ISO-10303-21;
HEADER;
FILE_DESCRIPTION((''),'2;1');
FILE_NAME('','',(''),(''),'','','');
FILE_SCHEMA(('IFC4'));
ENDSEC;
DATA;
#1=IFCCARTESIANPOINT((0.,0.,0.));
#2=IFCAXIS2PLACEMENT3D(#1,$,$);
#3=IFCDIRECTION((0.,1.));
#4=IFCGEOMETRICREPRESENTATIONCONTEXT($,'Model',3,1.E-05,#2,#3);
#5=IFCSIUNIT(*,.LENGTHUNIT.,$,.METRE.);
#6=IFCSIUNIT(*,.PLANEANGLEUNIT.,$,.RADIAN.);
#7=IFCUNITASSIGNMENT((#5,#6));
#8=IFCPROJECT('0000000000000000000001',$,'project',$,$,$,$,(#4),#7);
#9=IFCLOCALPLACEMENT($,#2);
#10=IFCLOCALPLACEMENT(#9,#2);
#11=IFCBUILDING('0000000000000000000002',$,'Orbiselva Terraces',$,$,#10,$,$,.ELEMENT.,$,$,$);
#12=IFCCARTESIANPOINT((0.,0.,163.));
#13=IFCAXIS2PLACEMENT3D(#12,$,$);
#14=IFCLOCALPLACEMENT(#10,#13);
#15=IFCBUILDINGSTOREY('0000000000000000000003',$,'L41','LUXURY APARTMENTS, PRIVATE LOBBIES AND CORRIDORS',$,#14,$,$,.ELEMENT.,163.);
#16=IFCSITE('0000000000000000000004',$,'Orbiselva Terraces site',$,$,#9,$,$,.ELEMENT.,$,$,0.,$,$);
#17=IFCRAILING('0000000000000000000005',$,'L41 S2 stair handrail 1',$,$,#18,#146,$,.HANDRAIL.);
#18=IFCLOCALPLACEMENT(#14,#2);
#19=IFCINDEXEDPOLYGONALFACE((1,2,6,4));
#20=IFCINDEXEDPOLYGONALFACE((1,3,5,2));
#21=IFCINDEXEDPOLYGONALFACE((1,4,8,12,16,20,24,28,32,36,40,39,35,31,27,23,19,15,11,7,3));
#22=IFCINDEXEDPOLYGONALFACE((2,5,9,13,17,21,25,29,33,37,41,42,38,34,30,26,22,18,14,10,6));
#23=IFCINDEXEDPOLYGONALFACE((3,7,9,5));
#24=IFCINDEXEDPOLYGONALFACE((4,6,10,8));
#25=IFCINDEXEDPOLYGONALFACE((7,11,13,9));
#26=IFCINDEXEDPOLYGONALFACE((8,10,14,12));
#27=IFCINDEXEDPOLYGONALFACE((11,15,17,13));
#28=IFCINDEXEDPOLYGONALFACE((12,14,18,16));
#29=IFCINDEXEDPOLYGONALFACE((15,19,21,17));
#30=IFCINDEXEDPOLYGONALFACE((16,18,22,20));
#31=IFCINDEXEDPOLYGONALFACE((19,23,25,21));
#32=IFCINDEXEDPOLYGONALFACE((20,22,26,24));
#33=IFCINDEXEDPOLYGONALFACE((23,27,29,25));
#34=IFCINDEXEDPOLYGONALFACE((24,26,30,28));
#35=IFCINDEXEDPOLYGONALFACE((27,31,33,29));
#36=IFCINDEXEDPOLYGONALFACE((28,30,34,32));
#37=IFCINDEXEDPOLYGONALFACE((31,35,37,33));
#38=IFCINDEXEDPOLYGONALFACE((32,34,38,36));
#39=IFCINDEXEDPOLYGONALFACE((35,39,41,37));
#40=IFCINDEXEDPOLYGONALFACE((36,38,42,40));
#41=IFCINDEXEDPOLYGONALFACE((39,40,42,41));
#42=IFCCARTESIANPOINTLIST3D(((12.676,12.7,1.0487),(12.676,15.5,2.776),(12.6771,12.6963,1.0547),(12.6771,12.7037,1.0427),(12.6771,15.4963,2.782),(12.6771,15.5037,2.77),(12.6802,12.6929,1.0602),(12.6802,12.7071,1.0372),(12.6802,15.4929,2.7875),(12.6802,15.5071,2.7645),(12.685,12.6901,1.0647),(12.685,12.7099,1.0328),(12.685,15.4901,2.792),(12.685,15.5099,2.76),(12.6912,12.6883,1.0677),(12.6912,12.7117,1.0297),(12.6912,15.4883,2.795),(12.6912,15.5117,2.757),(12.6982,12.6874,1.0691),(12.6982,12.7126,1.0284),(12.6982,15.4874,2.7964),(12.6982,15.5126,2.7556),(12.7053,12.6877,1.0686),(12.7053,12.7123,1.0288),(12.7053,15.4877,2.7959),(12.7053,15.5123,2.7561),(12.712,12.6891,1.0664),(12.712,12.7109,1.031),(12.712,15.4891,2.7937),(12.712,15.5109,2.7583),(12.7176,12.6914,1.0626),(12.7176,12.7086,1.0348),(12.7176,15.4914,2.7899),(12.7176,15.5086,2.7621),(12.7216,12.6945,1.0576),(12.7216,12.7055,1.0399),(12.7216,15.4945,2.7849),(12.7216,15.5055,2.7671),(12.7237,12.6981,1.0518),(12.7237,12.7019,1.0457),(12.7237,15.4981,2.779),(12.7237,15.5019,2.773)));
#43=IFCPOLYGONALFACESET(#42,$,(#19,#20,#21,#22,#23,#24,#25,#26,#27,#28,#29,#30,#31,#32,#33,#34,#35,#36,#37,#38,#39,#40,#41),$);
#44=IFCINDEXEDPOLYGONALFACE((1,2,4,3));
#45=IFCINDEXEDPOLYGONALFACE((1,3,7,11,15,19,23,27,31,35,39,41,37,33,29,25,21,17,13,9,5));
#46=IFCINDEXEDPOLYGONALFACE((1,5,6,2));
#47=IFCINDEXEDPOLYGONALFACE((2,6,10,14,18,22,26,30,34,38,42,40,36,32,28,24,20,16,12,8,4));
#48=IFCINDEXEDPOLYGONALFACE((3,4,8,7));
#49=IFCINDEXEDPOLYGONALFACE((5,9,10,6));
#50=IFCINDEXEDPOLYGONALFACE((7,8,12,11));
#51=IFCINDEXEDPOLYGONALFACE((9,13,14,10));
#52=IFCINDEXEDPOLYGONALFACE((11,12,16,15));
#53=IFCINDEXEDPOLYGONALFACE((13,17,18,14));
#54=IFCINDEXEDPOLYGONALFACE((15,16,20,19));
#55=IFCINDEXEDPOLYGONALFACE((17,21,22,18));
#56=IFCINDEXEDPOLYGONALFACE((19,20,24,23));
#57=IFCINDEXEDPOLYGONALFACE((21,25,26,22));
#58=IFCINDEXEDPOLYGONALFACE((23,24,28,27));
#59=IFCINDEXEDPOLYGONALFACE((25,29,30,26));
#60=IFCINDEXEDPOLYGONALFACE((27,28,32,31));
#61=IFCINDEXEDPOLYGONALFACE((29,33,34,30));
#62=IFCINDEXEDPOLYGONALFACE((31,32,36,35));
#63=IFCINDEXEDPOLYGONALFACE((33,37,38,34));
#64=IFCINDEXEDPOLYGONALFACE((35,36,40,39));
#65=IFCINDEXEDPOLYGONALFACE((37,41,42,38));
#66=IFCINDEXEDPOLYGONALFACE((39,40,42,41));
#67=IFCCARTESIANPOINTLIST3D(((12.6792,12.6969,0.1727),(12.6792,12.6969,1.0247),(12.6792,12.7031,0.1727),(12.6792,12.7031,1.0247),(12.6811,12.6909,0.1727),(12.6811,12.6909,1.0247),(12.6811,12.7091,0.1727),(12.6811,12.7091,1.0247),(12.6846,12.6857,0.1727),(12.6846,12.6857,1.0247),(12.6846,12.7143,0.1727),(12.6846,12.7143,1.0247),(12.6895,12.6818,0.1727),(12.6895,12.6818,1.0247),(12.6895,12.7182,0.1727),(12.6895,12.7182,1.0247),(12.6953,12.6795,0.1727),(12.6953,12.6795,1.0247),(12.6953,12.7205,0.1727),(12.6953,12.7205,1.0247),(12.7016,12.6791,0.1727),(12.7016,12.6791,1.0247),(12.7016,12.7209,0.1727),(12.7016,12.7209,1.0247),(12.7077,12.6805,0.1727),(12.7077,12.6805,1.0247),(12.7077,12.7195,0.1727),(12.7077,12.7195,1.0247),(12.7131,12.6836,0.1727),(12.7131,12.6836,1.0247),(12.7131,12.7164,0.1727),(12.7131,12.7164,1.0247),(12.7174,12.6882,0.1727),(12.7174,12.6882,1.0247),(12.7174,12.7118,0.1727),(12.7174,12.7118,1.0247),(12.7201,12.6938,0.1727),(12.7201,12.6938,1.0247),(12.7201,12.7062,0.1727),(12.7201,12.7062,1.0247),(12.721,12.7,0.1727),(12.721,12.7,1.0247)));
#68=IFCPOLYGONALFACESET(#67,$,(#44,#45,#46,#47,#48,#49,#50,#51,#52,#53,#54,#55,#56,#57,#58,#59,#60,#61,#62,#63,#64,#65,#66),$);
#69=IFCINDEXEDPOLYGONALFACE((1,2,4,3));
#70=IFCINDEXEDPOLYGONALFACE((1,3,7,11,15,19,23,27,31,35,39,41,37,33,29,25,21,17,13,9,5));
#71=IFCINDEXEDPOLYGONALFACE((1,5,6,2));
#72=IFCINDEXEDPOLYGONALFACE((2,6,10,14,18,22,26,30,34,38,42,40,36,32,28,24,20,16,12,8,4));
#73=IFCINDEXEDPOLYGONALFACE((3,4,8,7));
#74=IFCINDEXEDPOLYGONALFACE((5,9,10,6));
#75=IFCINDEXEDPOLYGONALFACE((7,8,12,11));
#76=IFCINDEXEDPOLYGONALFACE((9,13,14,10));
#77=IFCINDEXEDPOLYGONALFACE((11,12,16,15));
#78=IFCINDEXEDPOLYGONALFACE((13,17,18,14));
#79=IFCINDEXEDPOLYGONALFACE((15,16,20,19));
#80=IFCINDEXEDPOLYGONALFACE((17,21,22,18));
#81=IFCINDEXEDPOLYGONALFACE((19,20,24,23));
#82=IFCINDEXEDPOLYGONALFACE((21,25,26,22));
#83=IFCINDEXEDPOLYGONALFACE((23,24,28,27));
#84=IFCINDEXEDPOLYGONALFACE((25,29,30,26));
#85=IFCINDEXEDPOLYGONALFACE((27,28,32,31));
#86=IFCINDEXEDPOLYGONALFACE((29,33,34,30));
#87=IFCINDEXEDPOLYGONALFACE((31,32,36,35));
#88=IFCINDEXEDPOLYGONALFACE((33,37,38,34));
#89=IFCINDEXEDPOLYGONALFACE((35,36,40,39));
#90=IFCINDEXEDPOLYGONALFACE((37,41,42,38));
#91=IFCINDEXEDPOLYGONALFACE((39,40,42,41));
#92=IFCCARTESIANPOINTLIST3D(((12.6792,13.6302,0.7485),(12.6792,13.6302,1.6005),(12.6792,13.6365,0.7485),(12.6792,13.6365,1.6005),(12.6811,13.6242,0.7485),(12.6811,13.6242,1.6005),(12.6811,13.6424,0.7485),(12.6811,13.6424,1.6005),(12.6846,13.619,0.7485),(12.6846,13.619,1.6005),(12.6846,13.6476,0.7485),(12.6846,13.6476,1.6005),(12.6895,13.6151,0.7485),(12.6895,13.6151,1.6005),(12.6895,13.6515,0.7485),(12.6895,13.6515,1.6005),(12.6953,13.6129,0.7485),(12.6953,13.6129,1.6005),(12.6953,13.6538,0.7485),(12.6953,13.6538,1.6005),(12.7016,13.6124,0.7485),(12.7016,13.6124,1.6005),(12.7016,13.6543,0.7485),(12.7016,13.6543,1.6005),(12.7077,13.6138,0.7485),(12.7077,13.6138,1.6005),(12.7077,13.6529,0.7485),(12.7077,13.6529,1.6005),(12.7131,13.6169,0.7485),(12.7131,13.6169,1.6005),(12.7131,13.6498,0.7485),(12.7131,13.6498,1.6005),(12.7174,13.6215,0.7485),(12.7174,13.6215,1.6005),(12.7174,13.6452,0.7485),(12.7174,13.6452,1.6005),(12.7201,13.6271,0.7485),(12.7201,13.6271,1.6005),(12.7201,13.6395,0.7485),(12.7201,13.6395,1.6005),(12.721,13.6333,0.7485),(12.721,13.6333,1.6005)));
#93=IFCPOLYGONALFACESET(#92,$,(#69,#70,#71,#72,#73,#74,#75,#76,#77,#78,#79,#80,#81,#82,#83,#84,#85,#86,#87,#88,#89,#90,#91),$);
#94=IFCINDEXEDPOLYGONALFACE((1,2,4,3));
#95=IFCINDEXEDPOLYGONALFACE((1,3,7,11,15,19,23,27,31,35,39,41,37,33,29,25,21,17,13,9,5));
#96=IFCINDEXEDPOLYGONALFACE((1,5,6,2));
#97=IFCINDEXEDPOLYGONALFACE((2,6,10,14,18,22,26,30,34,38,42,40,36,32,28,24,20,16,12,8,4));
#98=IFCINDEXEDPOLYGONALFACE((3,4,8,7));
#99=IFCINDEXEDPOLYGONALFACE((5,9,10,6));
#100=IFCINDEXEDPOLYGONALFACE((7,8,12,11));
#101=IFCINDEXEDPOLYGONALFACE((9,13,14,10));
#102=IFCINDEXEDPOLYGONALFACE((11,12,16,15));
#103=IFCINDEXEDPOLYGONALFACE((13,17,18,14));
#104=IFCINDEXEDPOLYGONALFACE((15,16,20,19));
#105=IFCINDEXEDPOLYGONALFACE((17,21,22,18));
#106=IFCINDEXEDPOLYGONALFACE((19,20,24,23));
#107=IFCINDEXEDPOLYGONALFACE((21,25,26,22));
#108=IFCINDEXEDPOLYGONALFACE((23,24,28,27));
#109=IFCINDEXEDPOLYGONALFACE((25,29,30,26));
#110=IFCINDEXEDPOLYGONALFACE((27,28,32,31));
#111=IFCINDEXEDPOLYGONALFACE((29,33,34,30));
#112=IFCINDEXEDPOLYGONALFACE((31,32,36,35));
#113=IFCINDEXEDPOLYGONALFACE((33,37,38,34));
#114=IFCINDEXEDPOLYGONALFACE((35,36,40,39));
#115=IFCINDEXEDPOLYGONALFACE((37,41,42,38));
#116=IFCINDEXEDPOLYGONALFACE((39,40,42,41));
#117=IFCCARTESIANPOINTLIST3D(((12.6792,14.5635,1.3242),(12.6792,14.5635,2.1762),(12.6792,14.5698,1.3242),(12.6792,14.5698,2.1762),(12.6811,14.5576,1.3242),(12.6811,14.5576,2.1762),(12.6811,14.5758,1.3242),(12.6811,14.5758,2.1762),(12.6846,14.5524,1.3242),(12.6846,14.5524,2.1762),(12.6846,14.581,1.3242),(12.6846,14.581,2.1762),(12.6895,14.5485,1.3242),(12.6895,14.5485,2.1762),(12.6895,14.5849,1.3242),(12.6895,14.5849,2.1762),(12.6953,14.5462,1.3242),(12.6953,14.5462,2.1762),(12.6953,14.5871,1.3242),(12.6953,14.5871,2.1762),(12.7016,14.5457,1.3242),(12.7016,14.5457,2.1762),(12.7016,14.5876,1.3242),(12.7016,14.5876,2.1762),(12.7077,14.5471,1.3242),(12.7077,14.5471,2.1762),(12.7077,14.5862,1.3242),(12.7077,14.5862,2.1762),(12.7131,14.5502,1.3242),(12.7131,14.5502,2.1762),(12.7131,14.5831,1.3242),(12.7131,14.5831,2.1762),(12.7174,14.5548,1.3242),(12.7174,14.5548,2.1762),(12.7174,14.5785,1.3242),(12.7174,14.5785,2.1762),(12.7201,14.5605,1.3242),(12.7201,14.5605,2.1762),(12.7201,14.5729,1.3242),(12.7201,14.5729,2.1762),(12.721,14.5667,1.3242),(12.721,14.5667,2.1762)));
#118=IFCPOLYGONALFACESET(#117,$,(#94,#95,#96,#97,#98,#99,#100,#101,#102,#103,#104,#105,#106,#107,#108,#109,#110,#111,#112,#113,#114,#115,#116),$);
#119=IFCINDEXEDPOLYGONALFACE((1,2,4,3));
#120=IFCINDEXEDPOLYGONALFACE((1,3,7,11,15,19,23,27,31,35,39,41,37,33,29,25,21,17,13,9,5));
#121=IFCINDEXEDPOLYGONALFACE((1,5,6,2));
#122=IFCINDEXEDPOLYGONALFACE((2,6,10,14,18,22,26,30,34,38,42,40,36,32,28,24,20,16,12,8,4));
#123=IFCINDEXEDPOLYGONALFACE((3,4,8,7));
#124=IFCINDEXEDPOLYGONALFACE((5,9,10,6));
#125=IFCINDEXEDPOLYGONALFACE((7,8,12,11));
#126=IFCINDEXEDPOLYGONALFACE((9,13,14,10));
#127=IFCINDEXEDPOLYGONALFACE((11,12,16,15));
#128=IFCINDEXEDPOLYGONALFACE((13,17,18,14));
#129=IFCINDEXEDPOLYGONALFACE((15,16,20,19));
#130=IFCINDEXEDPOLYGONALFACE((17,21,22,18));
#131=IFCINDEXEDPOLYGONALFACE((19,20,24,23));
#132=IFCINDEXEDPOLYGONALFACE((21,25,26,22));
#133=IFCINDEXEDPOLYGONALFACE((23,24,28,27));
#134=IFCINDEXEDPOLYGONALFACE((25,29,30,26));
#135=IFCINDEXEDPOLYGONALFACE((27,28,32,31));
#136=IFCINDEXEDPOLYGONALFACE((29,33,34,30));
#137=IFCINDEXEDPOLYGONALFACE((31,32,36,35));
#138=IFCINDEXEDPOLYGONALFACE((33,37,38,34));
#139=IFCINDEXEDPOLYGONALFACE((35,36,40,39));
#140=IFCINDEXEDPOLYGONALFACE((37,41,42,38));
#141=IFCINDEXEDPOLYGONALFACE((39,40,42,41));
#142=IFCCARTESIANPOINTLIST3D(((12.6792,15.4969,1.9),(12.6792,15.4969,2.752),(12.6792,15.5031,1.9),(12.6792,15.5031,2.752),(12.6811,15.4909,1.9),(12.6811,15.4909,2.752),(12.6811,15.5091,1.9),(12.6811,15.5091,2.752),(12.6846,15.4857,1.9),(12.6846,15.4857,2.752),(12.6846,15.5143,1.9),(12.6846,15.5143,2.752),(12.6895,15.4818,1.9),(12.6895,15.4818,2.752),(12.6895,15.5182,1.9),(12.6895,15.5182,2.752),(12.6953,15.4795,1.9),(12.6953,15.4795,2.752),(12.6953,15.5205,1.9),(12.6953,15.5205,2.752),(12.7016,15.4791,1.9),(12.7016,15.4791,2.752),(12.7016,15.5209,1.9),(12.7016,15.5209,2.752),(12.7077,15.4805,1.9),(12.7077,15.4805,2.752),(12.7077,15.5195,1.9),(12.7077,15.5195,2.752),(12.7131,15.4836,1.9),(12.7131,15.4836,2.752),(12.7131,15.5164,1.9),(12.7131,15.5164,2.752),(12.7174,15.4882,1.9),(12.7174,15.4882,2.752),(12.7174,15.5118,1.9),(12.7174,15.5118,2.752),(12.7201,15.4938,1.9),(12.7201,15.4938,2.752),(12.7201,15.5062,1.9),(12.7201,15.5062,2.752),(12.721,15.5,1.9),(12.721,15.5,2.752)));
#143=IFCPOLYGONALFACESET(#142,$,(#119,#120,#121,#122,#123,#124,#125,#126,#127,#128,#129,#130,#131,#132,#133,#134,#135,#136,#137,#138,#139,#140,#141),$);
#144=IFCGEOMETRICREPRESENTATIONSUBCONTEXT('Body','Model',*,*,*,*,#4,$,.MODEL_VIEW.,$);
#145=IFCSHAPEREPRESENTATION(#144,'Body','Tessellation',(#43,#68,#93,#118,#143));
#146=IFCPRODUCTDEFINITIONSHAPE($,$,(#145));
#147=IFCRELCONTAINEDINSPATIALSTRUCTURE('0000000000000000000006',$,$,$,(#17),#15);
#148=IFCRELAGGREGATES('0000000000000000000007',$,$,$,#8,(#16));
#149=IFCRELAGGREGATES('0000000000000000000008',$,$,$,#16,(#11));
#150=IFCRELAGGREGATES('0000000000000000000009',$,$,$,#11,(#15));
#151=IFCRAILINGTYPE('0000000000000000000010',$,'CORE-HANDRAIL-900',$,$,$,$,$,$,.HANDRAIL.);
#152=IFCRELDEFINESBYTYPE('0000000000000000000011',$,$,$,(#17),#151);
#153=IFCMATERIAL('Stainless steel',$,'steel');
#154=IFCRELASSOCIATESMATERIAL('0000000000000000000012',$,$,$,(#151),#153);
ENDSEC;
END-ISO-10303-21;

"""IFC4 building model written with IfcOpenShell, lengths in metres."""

from ifc_helpers import new_model, si_unit, direction, frame, origin, origin_2d, place, context, subcontext, project, spatial, circle, extrude, material, type_object, element, save


model = new_model("IFC4")

# Units and contexts
model_context = context("Model", 3, precision=1e-05, world=origin(), true_north=direction((0.0, 1.0)))
body_context = subcontext(model_context, "Body", "Model", "MODEL_VIEW")
ifc_project = project(units=[si_unit("LENGTHUNIT", "METRE"), si_unit("PLANEANGLEUNIT", "RADIAN")], contexts=[model_context])

# Site, building, storey
site_placement = place(None, origin())
site = spatial("IfcSite", under=ifc_project, at=site_placement, Name="Orbiselva Terraces site", CompositionType="ELEMENT", RefElevation=0.0)
building_placement = place(site_placement, origin())
building = spatial("IfcBuilding", under=site, at=building_placement, Name="Orbiselva Terraces", CompositionType="ELEMENT")
storey_placement = place(building_placement, frame((0.0, 0.0, 163.0)))
storey = spatial("IfcBuildingStorey", under=building, at=storey_placement, Name="L41", Description="LUXURY APARTMENTS, PRIVATE LOBBIES AND CORRIDORS", CompositionType="ELEMENT", Elevation=163.0)

# Railing
ifc_material_1 = material(Name="Stainless steel", Category="steel")
railing_type_1 = type_object("IfcRailingType", Name="CORE-HANDRAIL-900", PredefinedType="HANDRAIL", material=ifc_material_1)
railing_1_placement = place(storey_placement, frame((12.7, 12.7, 0.1727)))
element("IfcRailing", 1, at=railing_1_placement, inside=storey, type_object=railing_type_1, Name="L41 S2 stair handrail 1", PredefinedType="HANDRAIL", context=body_context, shape_type="SweptSolid", body=[
    extrude(circle(Radius=0.024, at=origin_2d()), frame((0.0, 0.0, 0.876), z_axis=(0.0, 0.851089, 0.525022), x_axis=(-1.0, 0.0, 0.0)), (0.0, 0.0, 1.0), 3.2899),
    extrude(circle(Radius=0.021, at=origin_2d()), origin(), (0.0, 0.0, 1.0), 0.852),
    extrude(circle(Radius=0.021, at=origin_2d()), frame((0.0, 0.9333, 0.5758)), (0.0, 0.0, 1.0), 0.852),
    extrude(circle(Radius=0.021, at=origin_2d()), frame((0.0, 1.8667, 1.1515)), (0.0, 0.0, 1.0), 0.852),
    extrude(circle(Radius=0.021, at=origin_2d()), frame((0.0, 2.8, 1.7273)), (0.0, 0.0, 1.0), 0.852),
])

save(model, "model.ifc")
